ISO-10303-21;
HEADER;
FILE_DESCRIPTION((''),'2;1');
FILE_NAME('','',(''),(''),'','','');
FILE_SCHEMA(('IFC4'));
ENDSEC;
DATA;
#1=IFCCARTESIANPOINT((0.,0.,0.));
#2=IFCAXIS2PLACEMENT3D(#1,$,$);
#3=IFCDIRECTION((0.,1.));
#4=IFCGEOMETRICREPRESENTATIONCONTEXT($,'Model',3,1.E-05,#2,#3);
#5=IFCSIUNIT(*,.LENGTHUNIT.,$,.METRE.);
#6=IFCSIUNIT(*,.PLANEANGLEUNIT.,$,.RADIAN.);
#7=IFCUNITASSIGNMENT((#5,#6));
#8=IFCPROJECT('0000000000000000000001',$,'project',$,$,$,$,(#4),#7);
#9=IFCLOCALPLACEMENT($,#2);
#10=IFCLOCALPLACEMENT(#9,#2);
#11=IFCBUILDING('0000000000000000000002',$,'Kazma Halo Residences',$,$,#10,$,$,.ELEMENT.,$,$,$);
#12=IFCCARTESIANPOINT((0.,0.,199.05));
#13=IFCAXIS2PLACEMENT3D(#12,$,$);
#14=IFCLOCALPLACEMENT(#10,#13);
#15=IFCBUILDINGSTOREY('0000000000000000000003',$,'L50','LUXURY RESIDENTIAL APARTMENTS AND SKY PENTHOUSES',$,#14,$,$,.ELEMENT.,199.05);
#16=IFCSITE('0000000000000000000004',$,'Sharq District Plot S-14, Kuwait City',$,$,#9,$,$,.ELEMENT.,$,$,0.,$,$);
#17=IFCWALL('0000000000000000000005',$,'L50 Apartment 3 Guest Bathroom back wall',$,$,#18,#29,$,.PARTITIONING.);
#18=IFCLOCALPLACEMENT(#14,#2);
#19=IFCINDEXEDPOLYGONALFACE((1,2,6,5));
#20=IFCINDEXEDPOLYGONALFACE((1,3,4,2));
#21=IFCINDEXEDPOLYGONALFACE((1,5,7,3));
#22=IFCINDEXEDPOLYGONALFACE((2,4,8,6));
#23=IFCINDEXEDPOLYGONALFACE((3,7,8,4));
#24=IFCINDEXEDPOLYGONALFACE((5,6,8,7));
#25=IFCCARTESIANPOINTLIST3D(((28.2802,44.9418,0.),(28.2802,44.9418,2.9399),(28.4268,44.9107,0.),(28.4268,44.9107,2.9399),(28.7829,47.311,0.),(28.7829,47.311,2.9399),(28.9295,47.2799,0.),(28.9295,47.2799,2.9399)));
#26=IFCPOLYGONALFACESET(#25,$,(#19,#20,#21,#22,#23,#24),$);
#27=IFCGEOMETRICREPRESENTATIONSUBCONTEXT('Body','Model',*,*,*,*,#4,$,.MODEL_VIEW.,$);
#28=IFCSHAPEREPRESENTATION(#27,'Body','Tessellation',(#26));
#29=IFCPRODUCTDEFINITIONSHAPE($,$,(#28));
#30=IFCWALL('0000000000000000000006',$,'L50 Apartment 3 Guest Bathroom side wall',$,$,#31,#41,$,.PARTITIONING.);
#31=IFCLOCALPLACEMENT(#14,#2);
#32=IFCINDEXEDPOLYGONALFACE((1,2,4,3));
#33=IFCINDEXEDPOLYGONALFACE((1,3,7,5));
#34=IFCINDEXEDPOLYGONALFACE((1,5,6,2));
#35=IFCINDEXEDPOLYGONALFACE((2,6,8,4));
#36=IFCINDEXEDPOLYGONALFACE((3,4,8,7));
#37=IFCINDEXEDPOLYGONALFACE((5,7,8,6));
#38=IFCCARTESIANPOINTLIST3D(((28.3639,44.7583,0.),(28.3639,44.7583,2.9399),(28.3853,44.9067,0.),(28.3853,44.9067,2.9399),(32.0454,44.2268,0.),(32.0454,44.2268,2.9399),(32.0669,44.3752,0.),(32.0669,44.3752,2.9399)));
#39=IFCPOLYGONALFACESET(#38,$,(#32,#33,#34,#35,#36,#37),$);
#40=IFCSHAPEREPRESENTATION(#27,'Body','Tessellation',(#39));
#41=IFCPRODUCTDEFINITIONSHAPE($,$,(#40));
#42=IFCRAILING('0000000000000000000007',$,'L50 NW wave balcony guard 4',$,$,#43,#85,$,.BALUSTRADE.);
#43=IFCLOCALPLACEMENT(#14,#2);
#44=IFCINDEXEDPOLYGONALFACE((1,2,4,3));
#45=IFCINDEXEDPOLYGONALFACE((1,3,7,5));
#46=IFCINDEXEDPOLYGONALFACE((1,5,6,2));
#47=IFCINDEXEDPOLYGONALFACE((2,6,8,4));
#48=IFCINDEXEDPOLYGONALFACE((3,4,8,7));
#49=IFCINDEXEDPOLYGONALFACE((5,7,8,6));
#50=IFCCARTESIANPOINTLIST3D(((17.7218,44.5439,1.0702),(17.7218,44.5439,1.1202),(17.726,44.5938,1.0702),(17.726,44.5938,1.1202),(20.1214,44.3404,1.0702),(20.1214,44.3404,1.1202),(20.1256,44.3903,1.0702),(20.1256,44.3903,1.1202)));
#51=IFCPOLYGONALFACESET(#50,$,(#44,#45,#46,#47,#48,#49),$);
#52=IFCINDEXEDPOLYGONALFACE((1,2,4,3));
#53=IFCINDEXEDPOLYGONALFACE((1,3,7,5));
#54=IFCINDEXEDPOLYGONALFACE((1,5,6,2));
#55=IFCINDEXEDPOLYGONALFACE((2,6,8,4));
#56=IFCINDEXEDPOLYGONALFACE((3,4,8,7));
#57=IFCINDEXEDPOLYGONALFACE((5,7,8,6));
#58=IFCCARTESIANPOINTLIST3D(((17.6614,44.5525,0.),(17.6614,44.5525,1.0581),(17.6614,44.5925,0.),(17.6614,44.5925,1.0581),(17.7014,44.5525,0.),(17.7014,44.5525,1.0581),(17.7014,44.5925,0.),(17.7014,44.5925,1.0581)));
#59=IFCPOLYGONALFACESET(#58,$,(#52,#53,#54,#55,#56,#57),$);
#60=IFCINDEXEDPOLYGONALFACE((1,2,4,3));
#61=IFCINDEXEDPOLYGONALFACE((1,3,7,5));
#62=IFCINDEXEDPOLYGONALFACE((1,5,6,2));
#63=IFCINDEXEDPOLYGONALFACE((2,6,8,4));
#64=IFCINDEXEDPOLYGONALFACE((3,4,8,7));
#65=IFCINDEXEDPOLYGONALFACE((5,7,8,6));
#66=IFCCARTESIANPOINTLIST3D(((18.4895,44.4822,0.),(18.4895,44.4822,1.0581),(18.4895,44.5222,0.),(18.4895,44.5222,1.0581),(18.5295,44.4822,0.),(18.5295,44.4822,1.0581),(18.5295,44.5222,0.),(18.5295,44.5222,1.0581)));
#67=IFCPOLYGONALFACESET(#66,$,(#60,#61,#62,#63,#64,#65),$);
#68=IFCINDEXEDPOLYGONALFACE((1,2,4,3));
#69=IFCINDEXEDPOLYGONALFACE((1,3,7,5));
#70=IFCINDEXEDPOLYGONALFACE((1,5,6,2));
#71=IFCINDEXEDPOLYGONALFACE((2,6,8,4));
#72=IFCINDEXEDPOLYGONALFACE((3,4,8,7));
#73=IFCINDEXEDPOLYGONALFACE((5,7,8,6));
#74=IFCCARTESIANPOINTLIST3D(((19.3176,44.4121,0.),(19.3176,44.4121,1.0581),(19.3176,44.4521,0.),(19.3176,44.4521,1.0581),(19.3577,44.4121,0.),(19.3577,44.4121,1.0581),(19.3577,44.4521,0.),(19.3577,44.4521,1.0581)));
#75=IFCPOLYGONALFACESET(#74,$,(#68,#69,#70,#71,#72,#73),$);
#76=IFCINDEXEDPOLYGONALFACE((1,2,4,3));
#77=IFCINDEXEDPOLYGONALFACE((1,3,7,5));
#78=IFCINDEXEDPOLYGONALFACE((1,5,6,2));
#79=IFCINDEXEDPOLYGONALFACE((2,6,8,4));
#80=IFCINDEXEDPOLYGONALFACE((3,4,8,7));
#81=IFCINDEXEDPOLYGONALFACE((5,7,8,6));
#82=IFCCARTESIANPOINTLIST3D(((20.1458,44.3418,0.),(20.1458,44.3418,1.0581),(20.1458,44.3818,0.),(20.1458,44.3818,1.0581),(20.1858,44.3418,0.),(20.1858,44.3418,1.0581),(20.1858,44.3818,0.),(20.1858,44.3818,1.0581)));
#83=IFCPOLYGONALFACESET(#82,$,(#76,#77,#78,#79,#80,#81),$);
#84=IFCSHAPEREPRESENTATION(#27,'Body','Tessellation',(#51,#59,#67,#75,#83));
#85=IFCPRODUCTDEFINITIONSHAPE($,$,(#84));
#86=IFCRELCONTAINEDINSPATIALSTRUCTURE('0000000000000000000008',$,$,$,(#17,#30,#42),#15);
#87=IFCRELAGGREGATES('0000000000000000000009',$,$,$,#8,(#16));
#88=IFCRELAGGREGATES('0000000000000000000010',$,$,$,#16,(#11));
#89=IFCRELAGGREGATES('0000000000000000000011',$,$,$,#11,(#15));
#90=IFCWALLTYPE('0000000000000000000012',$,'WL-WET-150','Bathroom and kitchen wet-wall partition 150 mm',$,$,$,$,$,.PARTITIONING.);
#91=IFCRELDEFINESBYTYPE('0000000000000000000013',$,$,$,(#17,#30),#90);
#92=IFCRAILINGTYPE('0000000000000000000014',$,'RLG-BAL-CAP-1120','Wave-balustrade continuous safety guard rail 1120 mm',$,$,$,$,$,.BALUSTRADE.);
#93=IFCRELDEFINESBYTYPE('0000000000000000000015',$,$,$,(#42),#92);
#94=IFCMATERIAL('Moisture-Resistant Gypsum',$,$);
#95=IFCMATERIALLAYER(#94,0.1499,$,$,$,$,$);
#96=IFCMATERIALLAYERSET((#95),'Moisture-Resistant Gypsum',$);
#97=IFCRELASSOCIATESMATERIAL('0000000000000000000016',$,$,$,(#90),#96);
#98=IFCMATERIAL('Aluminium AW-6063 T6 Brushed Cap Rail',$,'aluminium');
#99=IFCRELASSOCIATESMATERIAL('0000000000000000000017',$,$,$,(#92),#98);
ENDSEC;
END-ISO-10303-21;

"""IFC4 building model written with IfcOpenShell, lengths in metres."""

from ifc_helpers import new_model, si_unit, direction, frame, frame_2d, origin, origin_2d, place, context, subcontext, project, spatial, rectangle, extrude, material, layer, layer_set, type_object, element, save


model = new_model("IFC4")

# Units and contexts
model_context = context("Model", 3, precision=1e-05, world=origin(), true_north=direction((0.0, 1.0)))
body_context = subcontext(model_context, "Body", "Model", "MODEL_VIEW")
ifc_project = project(units=[si_unit("LENGTHUNIT", "METRE"), si_unit("PLANEANGLEUNIT", "RADIAN")], contexts=[model_context])

# Site, building, storey
site_placement = place(None, origin())
site = spatial("IfcSite", under=ifc_project, at=site_placement, Name="Sharq District Plot S-14, Kuwait City", CompositionType="ELEMENT", RefElevation=0.0)
building_placement = place(site_placement, origin())
building = spatial("IfcBuilding", under=site, at=building_placement, Name="Kazma Halo Residences", CompositionType="ELEMENT")
storey_placement = place(building_placement, frame((0.0, 0.0, 199.05)))
storey = spatial("IfcBuildingStorey", under=building, at=storey_placement, Name="L50", Description="LUXURY RESIDENTIAL APARTMENTS AND SKY PENTHOUSES", CompositionType="ELEMENT", Elevation=199.05)

# Shared definitions
ifc_material_1 = material(Name="Moisture-Resistant Gypsum")
ifc_layer_1 = layer(ifc_material_1, 0.1499)
ifc_layer_set_1 = layer_set([ifc_layer_1], Name="Moisture-Resistant Gypsum")
wall_type_1 = type_object("IfcWallType", Name="WL-WET-150", Description="Bathroom and kitchen wet-wall partition 150 mm", PredefinedType="PARTITIONING", material=ifc_layer_set_1)

# Walls
wall_1_placement = place(storey_placement, frame((28.8562, 47.2954, 0.0), z_axis=(0.0, 0.0, 1.0), x_axis=(-0.20756, -0.978222, 0.0)))
element("IfcWall", 1, at=wall_1_placement, inside=storey, type_object=wall_type_1, Name="L50 Apartment 3 Guest Bathroom back wall", PredefinedType="PARTITIONING", context=body_context, shape_type="SweptSolid", body=[
    extrude(rectangle(XDim=2.4219, YDim=0.1499, at=frame_2d((1.2109, 0.0))), origin(), (0.0, 0.0, 1.0), 2.9399),
])
wall_2_placement = place(storey_placement, frame((32.0562, 44.301, 0.0), z_axis=(0.0, 0.0, 1.0), x_axis=(-0.98974, 0.142882, 0.0)))
element("IfcWall", 2, at=wall_2_placement, inside=storey, type_object=wall_type_1, Name="L50 Apartment 3 Guest Bathroom side wall", PredefinedType="PARTITIONING", context=body_context, shape_type="SweptSolid", body=[
    extrude(rectangle(XDim=3.7197, YDim=0.1499, at=frame_2d((1.8599, 0.0))), origin(), (0.0, 0.0, 1.0), 2.9399),
])

# Railing
ifc_material_2 = material(Name="Aluminium AW-6063 T6 Brushed Cap Rail", Category="aluminium")
railing_type = type_object("IfcRailingType", Name="RLG-BAL-CAP-1120", Description="Wave-balustrade continuous safety guard rail 1120 mm", PredefinedType="BALUSTRADE", material=ifc_material_2)
railing_placement = place(storey_placement, frame((17.6814, 44.5725, 0.0)))
element("IfcRailing", 3, at=railing_placement, inside=storey, type_object=railing_type, Name="L50 NW wave balcony guard 4", PredefinedType="BALUSTRADE", context=body_context, shape_type="SweptSolid", body=[
    extrude(rectangle(XDim=0.05, YDim=0.05, at=origin_2d()), frame((0.0425, -0.0037, 1.0952), z_axis=(0.996423, -0.084504, 0.0), x_axis=(0.084504, 0.996423, 0.0)), (0.0, 0.0, 1.0), 2.4082),
    extrude(rectangle(XDim=0.04, YDim=0.04, at=origin_2d()), origin(), (0.0, 0.0, 1.0), 1.0581),
    extrude(rectangle(XDim=0.04, YDim=0.04, at=origin_2d()), frame((0.8281, -0.0703, 0.0)), (0.0, 0.0, 1.0), 1.0581),
    extrude(rectangle(XDim=0.04, YDim=0.04, at=origin_2d()), frame((1.6562, -0.1404, 0.0)), (0.0, 0.0, 1.0), 1.0581),
    extrude(rectangle(XDim=0.04, YDim=0.04, at=origin_2d()), frame((2.4844, -0.2107, 0.0)), (0.0, 0.0, 1.0), 1.0581),
])

save(model, "model.ifc")
